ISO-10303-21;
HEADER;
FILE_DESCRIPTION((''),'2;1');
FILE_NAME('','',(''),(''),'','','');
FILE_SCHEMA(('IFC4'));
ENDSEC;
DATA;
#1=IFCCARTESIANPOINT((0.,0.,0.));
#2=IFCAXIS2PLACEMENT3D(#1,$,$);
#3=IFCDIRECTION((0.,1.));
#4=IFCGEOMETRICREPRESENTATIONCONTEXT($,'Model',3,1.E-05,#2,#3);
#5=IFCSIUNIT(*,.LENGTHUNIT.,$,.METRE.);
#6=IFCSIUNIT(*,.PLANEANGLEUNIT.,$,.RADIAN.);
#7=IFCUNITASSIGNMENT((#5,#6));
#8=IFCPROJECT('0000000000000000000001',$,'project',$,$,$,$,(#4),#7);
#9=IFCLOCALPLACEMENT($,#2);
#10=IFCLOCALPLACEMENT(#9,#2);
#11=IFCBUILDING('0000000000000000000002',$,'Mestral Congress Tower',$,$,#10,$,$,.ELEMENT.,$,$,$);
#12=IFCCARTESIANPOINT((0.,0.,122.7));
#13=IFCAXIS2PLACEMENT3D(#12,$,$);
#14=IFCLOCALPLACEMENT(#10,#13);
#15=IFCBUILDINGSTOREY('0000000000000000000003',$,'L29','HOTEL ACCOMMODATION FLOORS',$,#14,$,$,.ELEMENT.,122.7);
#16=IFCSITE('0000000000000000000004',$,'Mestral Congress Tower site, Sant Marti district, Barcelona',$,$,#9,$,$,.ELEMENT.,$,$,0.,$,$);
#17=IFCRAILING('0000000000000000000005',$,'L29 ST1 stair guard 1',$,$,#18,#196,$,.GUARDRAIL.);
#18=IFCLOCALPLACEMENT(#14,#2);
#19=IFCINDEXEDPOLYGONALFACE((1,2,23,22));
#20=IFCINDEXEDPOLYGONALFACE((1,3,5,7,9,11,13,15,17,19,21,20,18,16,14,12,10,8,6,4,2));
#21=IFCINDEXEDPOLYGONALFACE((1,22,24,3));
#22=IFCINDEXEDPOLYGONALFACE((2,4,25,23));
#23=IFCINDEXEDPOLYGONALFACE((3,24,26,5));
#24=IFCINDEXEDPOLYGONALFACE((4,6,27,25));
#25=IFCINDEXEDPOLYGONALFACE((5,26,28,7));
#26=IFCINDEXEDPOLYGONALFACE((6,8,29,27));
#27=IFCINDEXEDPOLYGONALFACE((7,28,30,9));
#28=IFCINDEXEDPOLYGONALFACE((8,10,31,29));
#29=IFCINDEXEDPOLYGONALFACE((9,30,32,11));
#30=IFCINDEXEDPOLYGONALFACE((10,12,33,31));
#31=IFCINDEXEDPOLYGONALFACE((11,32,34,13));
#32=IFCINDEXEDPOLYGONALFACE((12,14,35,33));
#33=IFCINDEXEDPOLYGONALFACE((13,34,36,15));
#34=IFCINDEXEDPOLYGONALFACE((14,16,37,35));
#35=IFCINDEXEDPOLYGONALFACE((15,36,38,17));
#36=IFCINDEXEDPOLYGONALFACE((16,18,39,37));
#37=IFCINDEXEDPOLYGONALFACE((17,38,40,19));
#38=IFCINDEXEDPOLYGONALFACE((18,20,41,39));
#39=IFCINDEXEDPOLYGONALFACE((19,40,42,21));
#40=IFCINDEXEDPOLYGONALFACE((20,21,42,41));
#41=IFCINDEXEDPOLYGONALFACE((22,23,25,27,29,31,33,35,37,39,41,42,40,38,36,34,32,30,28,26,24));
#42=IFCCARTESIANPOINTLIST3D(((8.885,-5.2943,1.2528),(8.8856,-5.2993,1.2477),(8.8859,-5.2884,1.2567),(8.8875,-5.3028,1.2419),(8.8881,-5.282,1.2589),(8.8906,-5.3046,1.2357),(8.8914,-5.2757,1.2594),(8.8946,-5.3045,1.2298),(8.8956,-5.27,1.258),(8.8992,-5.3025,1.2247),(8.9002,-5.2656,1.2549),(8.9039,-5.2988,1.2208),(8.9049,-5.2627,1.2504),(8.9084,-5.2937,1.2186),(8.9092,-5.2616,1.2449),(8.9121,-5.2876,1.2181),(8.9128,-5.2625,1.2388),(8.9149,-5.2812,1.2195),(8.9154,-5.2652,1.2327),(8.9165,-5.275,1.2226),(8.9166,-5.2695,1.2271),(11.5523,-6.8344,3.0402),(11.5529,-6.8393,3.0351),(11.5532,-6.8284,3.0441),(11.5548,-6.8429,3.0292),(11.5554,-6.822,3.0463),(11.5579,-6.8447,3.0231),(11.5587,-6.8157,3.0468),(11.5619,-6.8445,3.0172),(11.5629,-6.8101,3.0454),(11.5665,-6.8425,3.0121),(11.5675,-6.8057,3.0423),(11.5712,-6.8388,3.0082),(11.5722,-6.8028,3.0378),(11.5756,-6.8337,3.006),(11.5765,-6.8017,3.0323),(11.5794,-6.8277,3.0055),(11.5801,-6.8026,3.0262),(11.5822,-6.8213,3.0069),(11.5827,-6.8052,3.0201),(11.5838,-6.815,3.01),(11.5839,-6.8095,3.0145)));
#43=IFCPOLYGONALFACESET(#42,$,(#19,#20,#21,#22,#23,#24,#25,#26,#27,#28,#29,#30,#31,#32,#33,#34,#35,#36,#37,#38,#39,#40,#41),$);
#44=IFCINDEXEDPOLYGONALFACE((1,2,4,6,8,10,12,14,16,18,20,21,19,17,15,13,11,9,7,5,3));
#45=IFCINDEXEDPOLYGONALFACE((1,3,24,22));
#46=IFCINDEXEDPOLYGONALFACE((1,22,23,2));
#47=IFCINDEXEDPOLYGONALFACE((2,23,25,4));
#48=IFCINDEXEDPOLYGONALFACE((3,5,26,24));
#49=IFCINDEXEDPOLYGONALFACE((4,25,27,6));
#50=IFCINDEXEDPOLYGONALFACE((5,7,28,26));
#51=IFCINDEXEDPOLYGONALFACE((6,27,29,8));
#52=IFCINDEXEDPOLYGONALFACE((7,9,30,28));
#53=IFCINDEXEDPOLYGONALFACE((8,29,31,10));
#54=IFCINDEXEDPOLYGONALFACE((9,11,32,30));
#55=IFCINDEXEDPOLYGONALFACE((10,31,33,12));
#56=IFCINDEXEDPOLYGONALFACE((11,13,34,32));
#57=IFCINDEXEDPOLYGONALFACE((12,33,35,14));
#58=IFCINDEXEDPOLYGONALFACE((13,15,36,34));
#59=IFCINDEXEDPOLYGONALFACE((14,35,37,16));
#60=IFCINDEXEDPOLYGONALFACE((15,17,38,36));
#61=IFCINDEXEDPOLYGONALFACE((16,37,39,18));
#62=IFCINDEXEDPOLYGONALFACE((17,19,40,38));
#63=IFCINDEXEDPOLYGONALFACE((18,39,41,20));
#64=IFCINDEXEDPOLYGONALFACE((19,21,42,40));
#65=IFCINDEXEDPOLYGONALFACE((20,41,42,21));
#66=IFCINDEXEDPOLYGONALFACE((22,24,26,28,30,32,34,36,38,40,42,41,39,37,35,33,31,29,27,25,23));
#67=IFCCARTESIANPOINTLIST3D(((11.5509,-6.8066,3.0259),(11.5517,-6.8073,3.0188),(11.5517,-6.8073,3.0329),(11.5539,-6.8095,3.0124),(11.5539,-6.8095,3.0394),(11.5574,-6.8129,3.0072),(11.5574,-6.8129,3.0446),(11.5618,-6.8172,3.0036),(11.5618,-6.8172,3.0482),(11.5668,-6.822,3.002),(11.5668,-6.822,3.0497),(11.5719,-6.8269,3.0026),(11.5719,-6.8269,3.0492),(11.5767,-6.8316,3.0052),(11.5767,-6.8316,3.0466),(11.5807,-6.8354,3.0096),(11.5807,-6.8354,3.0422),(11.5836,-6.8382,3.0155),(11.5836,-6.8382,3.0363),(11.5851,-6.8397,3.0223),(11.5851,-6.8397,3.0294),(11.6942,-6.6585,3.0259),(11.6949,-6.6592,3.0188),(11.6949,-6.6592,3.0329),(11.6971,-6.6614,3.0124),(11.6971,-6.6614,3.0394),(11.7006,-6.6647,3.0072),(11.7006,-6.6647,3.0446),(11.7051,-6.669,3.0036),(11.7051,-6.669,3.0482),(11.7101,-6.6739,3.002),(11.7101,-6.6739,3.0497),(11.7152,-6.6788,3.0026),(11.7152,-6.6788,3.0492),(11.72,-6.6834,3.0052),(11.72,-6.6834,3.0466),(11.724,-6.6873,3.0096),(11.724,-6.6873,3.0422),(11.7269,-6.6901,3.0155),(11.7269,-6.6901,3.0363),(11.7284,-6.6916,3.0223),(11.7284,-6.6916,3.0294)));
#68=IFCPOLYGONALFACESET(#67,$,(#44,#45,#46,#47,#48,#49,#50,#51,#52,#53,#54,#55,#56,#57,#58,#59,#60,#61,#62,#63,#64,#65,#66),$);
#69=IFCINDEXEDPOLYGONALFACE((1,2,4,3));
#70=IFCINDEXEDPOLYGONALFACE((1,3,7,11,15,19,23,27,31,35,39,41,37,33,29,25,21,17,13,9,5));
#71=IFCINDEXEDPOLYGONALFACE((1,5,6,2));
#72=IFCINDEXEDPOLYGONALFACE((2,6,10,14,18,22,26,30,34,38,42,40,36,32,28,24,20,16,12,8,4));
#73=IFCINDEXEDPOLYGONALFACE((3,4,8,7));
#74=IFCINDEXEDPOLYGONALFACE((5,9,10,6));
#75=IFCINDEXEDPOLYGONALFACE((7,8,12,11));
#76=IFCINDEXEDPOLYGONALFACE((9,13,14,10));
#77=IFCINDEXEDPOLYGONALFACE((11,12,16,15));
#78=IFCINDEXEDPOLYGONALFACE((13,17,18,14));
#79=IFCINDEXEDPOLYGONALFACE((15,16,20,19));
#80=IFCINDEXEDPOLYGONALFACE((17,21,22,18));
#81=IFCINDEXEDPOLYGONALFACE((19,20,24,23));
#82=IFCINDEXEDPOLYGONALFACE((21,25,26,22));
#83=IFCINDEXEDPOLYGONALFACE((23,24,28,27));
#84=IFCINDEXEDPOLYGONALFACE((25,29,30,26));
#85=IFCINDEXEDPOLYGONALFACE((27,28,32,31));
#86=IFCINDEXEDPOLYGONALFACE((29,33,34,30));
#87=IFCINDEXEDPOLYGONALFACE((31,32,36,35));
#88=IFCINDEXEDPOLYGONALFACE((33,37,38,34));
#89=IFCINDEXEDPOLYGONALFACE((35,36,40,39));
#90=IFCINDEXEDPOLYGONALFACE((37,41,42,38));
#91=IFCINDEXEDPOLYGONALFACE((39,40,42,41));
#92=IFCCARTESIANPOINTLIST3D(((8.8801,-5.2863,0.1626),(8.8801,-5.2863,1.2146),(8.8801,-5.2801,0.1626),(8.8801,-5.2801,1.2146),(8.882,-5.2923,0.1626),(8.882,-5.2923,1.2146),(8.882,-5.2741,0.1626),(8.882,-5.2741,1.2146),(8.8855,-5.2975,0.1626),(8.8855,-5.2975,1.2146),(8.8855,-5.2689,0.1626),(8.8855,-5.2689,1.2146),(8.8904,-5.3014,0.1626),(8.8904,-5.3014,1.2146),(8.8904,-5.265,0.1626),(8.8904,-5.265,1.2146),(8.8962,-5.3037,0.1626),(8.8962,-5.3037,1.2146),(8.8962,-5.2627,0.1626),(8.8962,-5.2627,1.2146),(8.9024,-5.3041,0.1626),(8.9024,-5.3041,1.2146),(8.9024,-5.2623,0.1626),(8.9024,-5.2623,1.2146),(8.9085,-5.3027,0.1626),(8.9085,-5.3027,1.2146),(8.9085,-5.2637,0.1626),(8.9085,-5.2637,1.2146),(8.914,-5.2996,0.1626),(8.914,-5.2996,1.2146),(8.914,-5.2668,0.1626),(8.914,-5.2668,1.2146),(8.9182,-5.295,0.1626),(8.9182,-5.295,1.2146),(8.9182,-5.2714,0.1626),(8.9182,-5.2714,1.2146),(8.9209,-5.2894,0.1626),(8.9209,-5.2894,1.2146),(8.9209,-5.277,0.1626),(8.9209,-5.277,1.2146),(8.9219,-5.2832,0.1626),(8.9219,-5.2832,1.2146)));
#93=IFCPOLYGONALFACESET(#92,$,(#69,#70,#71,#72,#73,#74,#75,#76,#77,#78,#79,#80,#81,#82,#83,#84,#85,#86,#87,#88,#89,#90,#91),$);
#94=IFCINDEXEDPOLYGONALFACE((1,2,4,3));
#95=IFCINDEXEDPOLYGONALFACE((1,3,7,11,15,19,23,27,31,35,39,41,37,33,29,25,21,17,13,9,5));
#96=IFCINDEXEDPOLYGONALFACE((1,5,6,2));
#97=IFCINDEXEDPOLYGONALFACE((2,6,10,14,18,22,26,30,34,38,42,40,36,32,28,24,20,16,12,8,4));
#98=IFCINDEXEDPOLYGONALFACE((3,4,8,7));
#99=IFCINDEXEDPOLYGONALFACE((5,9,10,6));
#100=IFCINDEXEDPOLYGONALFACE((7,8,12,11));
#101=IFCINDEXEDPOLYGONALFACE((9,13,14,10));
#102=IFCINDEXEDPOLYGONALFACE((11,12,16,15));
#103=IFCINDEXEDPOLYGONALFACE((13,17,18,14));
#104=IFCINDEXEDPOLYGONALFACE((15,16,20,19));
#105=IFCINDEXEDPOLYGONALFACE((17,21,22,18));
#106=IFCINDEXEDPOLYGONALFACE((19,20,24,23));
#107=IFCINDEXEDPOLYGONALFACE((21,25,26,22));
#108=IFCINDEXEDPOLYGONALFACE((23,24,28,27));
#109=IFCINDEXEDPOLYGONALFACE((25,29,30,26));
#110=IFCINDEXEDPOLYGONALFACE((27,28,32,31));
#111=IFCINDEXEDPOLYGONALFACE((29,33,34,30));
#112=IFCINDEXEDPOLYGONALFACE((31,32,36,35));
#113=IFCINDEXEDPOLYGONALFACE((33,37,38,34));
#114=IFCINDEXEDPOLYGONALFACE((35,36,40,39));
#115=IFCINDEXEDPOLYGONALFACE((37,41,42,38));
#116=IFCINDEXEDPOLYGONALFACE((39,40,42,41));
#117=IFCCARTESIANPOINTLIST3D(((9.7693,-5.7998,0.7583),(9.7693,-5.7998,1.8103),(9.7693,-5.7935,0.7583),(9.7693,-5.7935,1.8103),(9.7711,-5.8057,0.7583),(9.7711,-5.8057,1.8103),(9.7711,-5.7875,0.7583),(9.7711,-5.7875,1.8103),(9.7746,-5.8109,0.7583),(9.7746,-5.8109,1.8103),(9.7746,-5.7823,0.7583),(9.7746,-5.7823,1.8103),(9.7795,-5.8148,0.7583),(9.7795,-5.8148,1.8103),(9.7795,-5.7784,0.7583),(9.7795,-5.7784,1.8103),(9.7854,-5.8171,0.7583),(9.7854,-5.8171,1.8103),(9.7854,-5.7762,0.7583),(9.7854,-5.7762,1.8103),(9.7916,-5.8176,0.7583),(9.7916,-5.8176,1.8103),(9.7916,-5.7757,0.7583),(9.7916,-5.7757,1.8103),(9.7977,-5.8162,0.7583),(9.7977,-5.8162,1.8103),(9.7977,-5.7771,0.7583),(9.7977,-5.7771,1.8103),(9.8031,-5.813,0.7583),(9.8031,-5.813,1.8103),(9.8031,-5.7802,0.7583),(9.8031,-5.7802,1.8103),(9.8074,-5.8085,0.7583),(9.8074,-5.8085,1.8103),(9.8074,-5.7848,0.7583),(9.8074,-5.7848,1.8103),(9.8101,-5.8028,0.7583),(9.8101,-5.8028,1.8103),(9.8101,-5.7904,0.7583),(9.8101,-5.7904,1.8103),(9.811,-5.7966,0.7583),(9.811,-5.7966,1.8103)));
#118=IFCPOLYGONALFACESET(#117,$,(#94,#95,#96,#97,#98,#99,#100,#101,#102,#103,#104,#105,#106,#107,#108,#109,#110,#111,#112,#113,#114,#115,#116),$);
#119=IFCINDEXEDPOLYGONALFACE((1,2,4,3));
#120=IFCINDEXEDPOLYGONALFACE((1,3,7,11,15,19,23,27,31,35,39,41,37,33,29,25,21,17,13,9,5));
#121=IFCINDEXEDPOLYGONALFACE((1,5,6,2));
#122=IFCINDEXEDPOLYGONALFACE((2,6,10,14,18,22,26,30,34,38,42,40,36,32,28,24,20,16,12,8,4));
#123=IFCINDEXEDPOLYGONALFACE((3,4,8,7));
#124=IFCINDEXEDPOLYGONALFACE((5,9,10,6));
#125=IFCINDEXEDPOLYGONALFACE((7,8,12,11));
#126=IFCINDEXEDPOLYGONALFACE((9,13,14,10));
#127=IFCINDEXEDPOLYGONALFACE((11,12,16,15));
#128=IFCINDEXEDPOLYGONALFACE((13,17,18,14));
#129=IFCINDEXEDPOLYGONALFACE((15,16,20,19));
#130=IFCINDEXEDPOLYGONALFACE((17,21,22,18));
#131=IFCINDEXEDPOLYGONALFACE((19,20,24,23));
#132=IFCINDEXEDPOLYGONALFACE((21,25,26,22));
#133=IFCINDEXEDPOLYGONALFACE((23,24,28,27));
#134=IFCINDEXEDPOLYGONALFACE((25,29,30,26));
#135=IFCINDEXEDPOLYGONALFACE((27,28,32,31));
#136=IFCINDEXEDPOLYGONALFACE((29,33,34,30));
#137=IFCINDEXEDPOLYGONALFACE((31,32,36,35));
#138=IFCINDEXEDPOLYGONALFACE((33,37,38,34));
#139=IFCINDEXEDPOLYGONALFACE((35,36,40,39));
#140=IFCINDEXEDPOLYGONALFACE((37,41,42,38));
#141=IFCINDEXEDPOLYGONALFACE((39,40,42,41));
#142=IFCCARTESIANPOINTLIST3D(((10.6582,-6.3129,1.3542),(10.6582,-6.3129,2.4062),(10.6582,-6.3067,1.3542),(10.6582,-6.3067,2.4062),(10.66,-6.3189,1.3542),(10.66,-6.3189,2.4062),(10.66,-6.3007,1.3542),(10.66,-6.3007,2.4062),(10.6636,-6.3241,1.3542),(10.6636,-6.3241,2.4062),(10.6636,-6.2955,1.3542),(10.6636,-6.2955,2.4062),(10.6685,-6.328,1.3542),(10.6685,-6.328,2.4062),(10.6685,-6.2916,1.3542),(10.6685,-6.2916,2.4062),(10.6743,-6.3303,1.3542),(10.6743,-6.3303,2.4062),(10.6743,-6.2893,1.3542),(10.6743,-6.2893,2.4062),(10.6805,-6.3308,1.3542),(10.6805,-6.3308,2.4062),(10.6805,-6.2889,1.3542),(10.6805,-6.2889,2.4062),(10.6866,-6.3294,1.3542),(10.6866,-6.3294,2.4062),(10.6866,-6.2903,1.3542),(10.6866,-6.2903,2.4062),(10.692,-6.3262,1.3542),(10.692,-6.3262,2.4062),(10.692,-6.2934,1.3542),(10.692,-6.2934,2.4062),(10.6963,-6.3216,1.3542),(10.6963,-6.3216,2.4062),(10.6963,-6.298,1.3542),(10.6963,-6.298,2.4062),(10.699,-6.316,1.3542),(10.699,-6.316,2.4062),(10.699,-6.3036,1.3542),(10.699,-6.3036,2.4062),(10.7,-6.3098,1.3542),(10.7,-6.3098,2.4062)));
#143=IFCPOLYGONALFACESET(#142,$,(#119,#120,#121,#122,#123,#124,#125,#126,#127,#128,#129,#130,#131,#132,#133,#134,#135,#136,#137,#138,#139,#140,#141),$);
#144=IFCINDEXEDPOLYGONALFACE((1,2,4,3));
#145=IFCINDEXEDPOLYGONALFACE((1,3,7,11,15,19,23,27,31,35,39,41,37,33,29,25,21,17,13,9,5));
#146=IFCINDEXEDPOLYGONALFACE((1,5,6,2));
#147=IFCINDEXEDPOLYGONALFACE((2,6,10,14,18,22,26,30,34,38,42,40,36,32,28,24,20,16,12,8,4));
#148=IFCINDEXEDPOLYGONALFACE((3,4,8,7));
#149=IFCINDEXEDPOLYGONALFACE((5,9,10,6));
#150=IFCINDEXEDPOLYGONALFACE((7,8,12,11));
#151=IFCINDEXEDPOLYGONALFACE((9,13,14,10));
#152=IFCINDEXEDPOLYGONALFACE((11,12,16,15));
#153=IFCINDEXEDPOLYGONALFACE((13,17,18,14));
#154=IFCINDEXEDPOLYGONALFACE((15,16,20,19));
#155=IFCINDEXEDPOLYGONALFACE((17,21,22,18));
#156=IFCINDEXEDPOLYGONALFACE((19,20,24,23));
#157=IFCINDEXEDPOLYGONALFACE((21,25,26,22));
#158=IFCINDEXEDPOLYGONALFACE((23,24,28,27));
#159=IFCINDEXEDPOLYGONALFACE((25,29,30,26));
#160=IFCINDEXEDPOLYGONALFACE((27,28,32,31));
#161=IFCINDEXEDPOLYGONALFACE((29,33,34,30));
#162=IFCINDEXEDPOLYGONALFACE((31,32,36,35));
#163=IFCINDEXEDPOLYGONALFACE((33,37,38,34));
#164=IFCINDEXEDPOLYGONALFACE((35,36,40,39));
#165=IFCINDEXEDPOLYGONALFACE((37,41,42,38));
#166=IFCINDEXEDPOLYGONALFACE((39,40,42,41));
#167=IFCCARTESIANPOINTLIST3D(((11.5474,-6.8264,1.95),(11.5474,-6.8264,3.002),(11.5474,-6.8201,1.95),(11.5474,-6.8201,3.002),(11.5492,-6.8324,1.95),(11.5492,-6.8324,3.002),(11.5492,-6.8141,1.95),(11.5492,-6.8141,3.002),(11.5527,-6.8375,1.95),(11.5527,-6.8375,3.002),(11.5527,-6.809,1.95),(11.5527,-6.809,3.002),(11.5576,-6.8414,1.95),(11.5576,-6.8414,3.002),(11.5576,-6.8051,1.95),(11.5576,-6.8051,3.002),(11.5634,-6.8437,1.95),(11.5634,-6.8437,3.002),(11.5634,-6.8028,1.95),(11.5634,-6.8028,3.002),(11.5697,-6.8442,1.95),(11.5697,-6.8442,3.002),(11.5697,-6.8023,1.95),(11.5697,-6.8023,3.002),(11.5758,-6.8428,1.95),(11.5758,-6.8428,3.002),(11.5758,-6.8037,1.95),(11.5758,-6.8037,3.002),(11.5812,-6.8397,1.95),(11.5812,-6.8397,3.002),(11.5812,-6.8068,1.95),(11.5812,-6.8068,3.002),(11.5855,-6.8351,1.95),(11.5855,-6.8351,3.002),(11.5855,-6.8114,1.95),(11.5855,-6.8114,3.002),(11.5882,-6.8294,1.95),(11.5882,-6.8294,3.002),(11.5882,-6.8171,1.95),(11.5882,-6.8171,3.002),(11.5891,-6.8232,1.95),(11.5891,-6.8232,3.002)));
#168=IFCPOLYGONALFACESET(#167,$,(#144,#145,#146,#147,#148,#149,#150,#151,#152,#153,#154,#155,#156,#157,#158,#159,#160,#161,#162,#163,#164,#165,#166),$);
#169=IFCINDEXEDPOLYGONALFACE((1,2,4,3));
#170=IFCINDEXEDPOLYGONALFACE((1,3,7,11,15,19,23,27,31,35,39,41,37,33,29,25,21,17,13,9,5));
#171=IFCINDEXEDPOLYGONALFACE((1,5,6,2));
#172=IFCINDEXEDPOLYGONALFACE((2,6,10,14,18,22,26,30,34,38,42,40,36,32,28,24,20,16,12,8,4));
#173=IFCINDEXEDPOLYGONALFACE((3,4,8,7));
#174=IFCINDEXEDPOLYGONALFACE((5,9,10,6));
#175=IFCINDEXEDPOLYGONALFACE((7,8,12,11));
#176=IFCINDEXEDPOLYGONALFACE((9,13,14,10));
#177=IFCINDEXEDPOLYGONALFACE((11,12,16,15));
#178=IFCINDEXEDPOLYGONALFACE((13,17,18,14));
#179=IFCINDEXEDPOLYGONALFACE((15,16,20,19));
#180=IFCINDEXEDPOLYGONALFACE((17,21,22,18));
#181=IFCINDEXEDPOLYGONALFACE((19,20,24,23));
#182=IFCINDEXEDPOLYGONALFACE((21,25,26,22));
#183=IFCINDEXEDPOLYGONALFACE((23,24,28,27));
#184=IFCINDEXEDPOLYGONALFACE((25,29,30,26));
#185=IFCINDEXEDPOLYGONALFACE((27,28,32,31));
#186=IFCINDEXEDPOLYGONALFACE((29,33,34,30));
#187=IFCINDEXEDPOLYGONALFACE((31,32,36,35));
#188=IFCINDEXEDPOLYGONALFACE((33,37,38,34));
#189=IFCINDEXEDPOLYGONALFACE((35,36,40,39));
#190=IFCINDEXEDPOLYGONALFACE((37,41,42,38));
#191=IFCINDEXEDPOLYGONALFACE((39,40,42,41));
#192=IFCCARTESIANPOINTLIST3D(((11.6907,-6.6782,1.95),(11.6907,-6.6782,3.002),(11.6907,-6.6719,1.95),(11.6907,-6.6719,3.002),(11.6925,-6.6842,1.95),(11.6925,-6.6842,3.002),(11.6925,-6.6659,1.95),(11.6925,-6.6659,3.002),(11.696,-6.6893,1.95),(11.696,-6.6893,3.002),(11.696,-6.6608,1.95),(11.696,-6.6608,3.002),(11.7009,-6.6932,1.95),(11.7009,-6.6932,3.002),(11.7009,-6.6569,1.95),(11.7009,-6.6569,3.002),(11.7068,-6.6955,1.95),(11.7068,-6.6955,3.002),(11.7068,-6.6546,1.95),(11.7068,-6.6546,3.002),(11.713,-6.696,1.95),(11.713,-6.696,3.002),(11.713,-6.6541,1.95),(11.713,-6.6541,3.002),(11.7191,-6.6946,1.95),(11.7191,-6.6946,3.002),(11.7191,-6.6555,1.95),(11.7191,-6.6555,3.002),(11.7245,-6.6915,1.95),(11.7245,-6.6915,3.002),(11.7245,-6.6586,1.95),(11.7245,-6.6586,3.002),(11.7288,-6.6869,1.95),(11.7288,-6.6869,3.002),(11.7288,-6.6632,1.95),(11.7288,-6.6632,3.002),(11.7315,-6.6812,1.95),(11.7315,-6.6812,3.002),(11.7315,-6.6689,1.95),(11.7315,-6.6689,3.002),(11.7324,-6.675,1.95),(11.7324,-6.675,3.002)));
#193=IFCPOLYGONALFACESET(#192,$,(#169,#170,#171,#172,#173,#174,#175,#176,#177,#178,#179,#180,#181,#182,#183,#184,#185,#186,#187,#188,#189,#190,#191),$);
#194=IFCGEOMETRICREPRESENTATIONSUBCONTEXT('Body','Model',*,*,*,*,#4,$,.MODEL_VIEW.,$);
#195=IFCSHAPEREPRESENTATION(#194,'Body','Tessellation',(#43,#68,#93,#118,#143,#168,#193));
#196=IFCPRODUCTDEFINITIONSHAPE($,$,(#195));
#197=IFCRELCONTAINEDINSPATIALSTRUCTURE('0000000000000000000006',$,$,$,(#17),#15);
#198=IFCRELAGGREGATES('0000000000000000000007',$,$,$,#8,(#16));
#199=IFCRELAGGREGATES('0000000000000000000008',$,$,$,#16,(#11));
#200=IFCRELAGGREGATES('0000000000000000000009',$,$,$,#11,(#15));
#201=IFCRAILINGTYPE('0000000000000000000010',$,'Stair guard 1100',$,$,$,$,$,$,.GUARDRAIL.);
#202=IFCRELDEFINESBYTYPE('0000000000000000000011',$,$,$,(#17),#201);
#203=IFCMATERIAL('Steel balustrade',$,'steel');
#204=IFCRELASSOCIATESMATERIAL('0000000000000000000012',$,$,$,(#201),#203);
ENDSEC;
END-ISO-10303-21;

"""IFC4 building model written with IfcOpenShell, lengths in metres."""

from ifc_helpers import new_model, si_unit, direction, frame, origin, origin_2d, place, context, subcontext, project, spatial, circle, extrude, material, type_object, element, save


model = new_model("IFC4")

# Units and contexts
model_context = context("Model", 3, precision=1e-05, world=origin(), true_north=direction((0.0, 1.0)))
body_context = subcontext(model_context, "Body", "Model", "MODEL_VIEW")
ifc_project = project(units=[si_unit("LENGTHUNIT", "METRE"), si_unit("PLANEANGLEUNIT", "RADIAN")], contexts=[model_context])

# Site, building, storey
site_placement = place(None, origin())
site = spatial("IfcSite", under=ifc_project, at=site_placement, Name="Mestral Congress Tower site, Sant Marti district, Barcelona", CompositionType="ELEMENT", RefElevation=0.0)
building_placement = place(site_placement, origin())
building = spatial("IfcBuilding", under=site, at=building_placement, Name="Mestral Congress Tower", CompositionType="ELEMENT")
storey_placement = place(building_placement, frame((0.0, 0.0, 122.7)))
storey = spatial("IfcBuildingStorey", under=building, at=storey_placement, Name="L29", Description="HOTEL ACCOMMODATION FLOORS", CompositionType="ELEMENT", Elevation=122.7)

# Railing
ifc_material_1 = material(Name="Steel balustrade", Category="steel")
railing_type_1 = type_object("IfcRailingType", Name="Stair guard 1100", PredefinedType="GUARDRAIL", material=ifc_material_1)
railing_1_placement = place(storey_placement, frame((8.9009, -5.2832, 0.1626)))
element("IfcRailing", 1, at=railing_1_placement, inside=storey, type_object=railing_type_1, Name="L29 ST1 stair guard 1", PredefinedType="GUARDRAIL", context=body_context, shape_type="SweptSolid", body=[
    extrude(circle(Radius=0.0239, at=origin_2d()), frame((0.0, 0.0, 1.0762), z_axis=(0.74902, -0.432477, 0.501929), x_axis=(0.500027, 0.86601, 0.0)), (0.0, 0.0, 1.0), 3.561),
    extrude(circle(Radius=0.0239, at=origin_2d()), frame((2.6672, -1.54, 2.8633), z_axis=(0.695165, 0.71885, 0.0), x_axis=(-0.71885, 0.695165, 0.0)), (0.0, 0.0, 1.0), 0.2061),
    extrude(circle(Radius=0.021, at=origin_2d()), origin(), (0.0, 0.0, 1.0), 1.052),
    extrude(circle(Radius=0.021, at=origin_2d()), frame((0.8892, -0.5134, 0.5957)), (0.0, 0.0, 1.0), 1.052),
    extrude(circle(Radius=0.021, at=origin_2d()), frame((1.7781, -1.0266, 1.1917)), (0.0, 0.0, 1.0), 1.052),
    extrude(circle(Radius=0.021, at=origin_2d()), frame((2.6672, -1.54, 1.7874)), (0.0, 0.0, 1.0), 1.052),
    extrude(circle(Radius=0.021, at=origin_2d()), frame((2.8105, -1.3918, 1.7874)), (0.0, 0.0, 1.0), 1.052),
])

save(model, "model.ifc")
